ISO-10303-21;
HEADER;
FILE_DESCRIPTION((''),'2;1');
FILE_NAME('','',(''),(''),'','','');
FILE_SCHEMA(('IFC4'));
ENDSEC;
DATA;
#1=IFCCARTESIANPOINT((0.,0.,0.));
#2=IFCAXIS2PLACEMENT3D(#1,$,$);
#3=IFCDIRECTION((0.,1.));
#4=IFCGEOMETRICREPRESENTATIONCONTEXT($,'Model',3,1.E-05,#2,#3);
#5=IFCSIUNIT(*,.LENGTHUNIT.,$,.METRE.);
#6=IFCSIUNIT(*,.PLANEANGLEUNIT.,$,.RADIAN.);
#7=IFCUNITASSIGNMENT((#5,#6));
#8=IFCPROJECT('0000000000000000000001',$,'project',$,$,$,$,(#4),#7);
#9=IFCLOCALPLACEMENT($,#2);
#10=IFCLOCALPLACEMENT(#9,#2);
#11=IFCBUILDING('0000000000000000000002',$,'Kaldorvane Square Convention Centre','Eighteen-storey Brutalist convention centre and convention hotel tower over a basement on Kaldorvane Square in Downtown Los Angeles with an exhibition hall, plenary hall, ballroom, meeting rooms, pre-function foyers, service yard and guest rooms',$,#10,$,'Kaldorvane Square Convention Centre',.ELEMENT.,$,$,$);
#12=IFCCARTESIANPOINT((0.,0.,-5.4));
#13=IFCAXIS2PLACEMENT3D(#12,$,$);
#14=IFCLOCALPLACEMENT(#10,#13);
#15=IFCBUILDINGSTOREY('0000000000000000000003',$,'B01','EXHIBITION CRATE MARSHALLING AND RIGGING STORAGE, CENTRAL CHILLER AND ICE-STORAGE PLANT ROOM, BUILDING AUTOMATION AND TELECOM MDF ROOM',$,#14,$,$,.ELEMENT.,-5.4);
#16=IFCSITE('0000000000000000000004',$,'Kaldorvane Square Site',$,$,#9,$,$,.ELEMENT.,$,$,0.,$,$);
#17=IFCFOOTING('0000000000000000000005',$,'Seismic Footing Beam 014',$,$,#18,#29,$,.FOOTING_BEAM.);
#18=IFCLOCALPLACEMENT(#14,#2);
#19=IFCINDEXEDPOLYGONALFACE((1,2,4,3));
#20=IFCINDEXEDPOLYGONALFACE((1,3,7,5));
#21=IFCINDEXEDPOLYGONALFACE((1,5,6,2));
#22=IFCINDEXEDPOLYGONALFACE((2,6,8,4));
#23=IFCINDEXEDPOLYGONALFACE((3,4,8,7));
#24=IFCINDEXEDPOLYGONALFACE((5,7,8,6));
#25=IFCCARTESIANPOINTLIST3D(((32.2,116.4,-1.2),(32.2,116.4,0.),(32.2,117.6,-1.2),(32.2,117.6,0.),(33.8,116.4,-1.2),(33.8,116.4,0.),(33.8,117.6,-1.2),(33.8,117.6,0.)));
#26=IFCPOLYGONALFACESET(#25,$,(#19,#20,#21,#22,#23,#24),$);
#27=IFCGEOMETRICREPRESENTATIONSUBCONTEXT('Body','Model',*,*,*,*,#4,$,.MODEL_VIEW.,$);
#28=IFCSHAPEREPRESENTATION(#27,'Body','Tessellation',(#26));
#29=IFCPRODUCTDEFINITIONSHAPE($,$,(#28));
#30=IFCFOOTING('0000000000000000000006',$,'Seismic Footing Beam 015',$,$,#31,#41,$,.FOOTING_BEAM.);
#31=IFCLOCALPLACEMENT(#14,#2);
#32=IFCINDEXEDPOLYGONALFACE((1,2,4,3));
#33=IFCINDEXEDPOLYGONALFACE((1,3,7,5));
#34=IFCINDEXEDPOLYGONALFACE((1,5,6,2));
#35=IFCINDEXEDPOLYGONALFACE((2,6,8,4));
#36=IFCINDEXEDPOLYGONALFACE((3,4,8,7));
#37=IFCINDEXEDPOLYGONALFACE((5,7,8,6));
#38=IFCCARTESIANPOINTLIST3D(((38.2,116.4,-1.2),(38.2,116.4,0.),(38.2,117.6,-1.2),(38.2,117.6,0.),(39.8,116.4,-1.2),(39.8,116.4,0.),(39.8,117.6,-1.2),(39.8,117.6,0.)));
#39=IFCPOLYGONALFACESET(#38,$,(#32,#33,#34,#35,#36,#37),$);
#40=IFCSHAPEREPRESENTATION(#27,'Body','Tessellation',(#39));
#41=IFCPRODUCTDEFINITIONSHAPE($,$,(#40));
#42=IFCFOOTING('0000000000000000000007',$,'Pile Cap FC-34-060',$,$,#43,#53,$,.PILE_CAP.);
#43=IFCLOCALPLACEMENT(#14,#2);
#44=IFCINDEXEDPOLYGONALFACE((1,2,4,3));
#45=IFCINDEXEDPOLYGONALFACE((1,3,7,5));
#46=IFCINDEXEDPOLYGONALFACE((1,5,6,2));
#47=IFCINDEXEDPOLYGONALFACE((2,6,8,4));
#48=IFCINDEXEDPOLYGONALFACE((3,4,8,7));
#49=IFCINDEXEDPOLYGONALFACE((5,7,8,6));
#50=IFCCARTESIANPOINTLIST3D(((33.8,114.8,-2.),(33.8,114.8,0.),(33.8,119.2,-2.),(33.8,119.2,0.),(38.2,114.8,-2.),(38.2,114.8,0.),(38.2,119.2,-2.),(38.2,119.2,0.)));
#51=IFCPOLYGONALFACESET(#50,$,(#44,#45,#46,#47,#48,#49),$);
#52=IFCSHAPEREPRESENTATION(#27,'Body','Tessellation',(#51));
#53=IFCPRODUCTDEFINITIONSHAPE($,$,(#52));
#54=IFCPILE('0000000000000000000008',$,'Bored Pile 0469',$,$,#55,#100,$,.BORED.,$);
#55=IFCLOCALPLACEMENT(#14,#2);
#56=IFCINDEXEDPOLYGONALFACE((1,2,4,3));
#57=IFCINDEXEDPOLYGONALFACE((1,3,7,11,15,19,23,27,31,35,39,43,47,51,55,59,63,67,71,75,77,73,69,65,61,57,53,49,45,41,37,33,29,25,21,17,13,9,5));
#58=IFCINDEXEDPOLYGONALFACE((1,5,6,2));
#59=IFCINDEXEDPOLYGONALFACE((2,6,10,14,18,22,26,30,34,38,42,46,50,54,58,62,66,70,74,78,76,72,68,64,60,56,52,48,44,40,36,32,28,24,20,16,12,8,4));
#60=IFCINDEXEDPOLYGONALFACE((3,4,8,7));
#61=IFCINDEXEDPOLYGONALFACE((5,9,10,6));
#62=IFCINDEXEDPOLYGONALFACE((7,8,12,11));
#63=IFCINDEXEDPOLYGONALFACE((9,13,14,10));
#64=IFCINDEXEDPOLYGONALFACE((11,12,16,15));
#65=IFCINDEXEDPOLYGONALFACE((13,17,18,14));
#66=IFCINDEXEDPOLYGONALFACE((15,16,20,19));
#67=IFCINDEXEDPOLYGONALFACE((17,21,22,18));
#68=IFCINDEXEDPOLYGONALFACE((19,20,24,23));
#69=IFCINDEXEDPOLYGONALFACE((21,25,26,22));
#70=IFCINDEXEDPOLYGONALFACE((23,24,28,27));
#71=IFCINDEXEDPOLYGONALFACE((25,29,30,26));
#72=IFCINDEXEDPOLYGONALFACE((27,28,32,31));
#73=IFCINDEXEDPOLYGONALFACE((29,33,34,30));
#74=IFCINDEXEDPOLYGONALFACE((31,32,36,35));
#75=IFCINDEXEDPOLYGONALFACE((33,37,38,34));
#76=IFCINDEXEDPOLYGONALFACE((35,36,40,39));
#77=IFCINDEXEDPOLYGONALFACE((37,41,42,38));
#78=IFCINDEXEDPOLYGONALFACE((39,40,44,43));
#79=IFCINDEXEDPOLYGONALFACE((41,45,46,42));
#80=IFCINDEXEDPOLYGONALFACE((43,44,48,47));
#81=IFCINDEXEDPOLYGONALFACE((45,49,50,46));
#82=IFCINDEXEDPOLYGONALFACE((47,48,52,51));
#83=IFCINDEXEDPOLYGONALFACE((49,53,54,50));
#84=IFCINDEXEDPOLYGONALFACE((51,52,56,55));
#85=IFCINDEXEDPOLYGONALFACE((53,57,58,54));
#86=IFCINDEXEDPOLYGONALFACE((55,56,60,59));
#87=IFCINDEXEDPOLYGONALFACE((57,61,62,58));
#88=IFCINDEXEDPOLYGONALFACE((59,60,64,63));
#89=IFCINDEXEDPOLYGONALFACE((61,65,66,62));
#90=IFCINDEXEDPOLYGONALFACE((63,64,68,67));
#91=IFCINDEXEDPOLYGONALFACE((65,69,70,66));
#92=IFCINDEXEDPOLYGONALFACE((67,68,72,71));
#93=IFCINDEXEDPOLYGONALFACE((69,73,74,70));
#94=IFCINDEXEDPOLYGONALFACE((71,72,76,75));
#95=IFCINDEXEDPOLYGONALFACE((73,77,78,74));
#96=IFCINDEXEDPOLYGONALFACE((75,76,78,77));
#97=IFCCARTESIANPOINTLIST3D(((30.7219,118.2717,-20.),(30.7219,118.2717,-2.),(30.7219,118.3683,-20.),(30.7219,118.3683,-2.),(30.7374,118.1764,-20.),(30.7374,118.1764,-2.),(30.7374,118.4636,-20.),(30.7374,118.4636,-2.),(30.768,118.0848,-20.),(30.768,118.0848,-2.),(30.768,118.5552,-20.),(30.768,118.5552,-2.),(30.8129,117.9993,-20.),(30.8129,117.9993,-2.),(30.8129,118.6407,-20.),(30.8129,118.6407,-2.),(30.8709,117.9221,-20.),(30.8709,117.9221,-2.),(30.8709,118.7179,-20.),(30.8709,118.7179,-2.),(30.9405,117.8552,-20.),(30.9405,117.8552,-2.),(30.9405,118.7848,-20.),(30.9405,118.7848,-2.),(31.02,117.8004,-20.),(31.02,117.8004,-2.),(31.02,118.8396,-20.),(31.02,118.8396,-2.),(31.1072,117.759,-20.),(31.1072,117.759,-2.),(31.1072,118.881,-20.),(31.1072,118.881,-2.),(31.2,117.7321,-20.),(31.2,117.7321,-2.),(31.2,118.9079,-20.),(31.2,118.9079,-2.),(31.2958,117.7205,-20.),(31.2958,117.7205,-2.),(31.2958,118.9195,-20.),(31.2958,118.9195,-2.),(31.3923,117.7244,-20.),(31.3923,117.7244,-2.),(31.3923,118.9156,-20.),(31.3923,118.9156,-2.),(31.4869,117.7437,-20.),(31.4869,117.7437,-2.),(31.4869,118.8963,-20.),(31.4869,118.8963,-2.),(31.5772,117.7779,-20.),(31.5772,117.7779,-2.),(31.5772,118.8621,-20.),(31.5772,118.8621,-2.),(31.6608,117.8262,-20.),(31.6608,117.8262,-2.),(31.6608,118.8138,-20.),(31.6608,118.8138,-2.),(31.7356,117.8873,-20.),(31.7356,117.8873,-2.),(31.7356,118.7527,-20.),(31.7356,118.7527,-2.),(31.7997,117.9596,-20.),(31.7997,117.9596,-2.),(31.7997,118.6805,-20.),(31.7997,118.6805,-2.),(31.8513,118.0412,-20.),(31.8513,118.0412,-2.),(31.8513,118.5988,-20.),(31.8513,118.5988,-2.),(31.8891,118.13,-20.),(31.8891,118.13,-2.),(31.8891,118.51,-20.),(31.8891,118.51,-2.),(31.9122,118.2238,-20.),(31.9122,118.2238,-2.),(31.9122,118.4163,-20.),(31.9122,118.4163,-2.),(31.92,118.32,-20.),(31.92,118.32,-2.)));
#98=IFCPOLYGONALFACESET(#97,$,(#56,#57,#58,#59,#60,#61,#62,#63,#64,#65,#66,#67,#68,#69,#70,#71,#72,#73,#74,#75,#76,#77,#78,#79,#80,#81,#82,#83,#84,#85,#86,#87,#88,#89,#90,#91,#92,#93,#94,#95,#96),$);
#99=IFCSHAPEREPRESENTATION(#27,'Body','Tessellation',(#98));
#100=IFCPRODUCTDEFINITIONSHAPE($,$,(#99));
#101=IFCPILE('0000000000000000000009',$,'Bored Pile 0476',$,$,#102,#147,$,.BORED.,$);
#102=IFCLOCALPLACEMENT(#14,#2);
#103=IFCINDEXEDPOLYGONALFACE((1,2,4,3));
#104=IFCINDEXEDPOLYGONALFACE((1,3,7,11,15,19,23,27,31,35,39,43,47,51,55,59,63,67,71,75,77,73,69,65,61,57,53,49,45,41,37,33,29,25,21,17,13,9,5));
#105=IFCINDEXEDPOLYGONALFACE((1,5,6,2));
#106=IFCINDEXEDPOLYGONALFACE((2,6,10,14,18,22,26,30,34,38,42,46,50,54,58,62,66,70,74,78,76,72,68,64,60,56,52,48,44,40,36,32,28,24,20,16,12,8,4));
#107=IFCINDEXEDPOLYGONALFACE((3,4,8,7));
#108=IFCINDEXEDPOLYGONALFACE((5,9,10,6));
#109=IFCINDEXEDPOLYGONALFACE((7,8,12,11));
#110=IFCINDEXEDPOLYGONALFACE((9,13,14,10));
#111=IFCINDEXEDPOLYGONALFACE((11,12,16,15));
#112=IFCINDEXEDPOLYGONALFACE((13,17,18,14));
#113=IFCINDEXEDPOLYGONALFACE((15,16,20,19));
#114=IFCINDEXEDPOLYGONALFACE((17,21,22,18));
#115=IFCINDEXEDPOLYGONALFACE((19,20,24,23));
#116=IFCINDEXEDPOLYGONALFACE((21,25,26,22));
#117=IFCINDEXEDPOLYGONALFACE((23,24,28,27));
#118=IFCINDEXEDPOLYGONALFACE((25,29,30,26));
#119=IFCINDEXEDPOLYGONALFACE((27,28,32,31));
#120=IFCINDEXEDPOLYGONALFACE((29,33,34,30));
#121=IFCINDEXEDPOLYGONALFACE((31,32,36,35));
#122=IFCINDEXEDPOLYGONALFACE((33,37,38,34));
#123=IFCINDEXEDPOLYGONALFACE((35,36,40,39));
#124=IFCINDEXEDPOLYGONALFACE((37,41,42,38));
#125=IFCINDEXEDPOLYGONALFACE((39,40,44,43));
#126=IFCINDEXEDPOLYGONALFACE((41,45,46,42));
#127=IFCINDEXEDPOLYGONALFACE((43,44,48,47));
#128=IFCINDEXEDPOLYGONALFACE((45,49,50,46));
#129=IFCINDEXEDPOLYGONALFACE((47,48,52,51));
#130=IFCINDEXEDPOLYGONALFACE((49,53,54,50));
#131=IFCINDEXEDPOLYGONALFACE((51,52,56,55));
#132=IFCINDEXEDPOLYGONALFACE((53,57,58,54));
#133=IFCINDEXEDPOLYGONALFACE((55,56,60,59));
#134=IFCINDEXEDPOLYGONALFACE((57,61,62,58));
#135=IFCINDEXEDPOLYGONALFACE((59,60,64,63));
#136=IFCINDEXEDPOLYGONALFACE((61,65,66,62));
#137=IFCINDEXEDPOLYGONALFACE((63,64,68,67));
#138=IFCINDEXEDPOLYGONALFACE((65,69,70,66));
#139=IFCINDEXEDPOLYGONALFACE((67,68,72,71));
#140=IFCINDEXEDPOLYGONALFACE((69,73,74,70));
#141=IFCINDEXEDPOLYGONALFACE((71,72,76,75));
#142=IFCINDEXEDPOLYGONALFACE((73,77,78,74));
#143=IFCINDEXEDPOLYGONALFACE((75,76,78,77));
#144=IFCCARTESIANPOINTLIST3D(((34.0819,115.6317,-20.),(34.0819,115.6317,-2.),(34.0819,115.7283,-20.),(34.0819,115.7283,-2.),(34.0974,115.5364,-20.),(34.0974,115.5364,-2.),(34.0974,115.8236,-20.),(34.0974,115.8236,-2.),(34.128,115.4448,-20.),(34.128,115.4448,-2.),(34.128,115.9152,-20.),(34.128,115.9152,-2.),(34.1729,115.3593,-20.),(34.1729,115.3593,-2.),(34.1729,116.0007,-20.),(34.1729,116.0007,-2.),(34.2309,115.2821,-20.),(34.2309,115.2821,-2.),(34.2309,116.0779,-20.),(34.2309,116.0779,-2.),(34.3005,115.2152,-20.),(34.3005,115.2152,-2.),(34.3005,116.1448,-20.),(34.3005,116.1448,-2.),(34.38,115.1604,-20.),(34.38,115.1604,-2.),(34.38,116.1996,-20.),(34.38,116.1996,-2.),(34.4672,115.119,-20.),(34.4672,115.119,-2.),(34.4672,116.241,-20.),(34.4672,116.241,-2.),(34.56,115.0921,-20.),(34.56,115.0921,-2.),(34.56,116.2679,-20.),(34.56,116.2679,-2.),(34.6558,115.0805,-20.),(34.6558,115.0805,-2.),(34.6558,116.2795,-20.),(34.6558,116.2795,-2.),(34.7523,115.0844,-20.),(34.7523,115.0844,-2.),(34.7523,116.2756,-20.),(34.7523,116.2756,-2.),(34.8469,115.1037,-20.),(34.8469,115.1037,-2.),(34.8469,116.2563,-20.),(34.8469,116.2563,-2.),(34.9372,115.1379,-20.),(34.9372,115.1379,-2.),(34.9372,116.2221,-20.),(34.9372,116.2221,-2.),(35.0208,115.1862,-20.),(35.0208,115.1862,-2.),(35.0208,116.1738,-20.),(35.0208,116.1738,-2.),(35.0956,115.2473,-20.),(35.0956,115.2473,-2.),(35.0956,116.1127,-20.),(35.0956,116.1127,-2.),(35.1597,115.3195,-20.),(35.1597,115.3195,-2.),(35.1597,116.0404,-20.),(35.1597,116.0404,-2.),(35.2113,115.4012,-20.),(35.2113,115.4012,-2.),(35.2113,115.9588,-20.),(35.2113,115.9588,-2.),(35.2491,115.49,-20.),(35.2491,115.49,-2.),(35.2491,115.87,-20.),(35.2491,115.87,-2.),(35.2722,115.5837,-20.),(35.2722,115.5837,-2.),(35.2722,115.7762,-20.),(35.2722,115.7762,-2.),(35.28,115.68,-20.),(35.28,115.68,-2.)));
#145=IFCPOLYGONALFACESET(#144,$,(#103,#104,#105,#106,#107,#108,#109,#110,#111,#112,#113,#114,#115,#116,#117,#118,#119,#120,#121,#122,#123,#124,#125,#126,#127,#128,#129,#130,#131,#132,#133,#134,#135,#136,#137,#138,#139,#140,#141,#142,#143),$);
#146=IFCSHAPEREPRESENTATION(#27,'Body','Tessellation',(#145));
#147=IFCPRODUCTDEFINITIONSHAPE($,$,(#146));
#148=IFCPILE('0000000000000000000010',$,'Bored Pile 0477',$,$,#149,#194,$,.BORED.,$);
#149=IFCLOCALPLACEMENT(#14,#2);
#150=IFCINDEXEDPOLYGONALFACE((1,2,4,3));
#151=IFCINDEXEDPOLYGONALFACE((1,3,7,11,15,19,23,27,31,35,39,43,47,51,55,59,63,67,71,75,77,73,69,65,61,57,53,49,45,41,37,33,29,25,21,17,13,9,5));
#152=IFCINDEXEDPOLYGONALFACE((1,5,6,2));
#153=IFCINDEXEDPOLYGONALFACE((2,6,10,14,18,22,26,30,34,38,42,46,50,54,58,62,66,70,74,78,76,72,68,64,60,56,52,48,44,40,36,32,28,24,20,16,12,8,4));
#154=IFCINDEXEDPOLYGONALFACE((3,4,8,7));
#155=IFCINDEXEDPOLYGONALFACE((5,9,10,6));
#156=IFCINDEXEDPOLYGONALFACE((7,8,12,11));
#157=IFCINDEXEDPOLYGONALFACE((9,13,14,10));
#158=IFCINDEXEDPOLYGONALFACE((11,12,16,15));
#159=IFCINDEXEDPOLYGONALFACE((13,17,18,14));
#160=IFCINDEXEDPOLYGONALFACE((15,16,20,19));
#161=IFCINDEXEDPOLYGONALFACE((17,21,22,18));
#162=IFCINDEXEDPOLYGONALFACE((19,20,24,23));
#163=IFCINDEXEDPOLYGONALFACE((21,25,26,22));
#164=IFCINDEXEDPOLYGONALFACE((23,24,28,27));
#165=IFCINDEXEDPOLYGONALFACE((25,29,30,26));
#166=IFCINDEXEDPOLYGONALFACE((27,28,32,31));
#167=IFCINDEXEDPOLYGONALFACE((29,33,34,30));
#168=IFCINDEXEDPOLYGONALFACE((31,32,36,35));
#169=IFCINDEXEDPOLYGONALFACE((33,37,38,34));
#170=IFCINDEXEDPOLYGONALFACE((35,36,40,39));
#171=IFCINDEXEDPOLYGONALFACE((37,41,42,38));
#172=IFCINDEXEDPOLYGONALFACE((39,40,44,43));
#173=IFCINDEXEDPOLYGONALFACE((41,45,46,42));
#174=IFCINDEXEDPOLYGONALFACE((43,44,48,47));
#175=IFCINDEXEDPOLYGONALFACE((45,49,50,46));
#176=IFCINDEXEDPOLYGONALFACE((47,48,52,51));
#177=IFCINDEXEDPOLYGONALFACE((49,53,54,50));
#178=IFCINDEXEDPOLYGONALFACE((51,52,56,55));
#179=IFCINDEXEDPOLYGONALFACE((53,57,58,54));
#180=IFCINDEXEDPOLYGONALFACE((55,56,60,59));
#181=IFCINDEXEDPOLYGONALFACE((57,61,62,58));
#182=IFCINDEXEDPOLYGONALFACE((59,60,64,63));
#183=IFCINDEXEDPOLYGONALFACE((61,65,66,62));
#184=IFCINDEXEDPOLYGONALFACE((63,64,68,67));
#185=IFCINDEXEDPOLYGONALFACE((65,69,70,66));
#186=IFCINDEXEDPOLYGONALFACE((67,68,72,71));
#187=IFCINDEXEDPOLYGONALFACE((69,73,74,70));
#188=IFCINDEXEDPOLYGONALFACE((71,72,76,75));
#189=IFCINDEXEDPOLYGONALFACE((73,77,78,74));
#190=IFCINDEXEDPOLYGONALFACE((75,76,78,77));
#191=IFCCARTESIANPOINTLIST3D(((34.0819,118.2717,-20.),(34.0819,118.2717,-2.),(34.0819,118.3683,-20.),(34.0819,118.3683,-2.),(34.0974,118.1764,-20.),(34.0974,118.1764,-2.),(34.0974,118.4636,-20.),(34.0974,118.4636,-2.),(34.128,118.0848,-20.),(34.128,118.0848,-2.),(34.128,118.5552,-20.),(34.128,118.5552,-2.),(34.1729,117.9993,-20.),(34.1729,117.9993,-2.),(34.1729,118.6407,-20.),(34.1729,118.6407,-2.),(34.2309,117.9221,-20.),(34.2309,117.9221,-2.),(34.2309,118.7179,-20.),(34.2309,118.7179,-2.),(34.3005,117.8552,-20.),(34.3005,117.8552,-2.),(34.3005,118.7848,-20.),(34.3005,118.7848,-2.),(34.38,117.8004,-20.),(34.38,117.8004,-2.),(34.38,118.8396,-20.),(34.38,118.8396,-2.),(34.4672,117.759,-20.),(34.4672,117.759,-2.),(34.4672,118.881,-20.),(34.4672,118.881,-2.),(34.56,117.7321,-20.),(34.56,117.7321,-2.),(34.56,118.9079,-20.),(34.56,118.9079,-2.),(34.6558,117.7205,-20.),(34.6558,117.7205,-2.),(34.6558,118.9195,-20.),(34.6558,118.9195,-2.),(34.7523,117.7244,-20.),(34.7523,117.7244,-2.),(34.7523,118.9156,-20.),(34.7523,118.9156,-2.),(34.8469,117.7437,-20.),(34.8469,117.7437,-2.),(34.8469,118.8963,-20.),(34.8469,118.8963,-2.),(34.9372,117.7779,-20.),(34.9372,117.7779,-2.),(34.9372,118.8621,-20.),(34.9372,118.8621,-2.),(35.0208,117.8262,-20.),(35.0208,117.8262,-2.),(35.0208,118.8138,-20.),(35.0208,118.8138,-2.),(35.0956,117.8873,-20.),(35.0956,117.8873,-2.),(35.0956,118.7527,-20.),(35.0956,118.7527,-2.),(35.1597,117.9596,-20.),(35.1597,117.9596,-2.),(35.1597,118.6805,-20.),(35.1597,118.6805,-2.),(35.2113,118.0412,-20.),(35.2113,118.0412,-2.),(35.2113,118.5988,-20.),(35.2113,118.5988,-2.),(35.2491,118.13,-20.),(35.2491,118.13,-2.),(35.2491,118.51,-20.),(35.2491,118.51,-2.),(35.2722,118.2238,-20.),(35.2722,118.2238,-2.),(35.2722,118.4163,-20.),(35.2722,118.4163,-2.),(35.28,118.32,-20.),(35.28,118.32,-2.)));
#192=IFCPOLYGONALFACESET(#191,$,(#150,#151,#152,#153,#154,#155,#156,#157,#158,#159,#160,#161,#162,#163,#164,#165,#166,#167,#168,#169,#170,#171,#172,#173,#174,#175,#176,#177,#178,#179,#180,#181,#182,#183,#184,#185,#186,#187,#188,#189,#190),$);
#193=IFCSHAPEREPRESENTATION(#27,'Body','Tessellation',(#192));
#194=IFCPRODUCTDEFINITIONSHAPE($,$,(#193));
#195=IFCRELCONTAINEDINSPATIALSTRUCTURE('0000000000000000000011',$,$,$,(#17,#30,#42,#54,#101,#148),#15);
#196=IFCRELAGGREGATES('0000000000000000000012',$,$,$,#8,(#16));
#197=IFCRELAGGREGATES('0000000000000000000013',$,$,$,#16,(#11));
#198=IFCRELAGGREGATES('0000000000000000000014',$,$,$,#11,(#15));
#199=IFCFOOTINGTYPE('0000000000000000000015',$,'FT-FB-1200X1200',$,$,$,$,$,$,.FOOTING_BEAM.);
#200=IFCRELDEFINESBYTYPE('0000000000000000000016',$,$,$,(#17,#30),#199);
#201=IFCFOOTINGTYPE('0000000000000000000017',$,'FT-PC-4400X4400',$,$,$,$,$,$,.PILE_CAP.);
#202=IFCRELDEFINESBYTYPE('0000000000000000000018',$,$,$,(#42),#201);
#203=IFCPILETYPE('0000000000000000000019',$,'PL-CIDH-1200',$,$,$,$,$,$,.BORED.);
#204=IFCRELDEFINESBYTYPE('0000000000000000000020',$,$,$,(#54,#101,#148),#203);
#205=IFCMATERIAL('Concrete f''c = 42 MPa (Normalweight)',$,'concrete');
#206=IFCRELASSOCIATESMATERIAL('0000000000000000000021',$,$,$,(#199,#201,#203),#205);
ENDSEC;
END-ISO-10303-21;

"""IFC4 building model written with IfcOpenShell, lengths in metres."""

from ifc_helpers import new_model, si_unit, direction, frame, origin, origin_2d, place, context, subcontext, project, spatial, rectangle, circle, extrude, material, material_profile, profile_set, type_object, element, save


model = new_model("IFC4")

# Units and contexts
model_context = context("Model", 3, precision=1e-05, world=origin(), true_north=direction((0.0, 1.0)))
body_context = subcontext(model_context, "Body", "Model", "MODEL_VIEW")
ifc_project = project(units=[si_unit("LENGTHUNIT", "METRE"), si_unit("PLANEANGLEUNIT", "RADIAN")], contexts=[model_context])

# Site, building, storey
site_placement = place(None, origin())
site = spatial("IfcSite", under=ifc_project, at=site_placement, Name="Kaldorvane Square Site", CompositionType="ELEMENT", RefElevation=0.0)
building_placement = place(site_placement, origin())
building = spatial("IfcBuilding", under=site, at=building_placement, Name="Kaldorvane Square Convention Centre", Description="Eighteen-storey Brutalist convention centre and convention hotel tower over a basement on Kaldorvane Square in Downtown Los Angeles with an exhibition hall, plenary hall, ballroom, meeting rooms, pre-function foyers, service yard and guest rooms", LongName="Kaldorvane Square Convention Centre", CompositionType="ELEMENT")
storey_placement = place(building_placement, frame((0.0, 0.0, -5.4)))
storey = spatial("IfcBuildingStorey", under=building, at=storey_placement, Name="B01", Description="EXHIBITION CRATE MARSHALLING AND RIGGING STORAGE, CENTRAL CHILLER AND ICE-STORAGE PLANT ROOM, BUILDING AUTOMATION AND TELECOM MDF ROOM", CompositionType="ELEMENT", Elevation=-5.4)

# Footings
ifc_material_1 = material(Name="Concrete f'c = 42 MPa (Normalweight)", Category="concrete")
footing_type_1 = type_object("IfcFootingType", Name="FT-FB-1200X1200", PredefinedType="FOOTING_BEAM", material=ifc_material_1)
for number, where, z_axis, x_axis, name in (
    (1, (33.0, 117.0, -1.2), (0.0, 0.0, 1.0), (1.0, 0.0, 0.0), "Seismic Footing Beam 014"),
    (2, (39.0, 117.0, -1.2), (0.0, 0.0, 1.0), (1.0, 0.0, 0.0), "Seismic Footing Beam 015"),
):
    element("IfcFooting", number, at=place(storey_placement, frame(where, z_axis=z_axis, x_axis=x_axis)), inside=storey, type_object=footing_type_1, Name=name, PredefinedType="FOOTING_BEAM", context=body_context, shape_type="SweptSolid", body=[
        extrude(rectangle(XDim=1.6, YDim=1.2, at=origin_2d()), origin(), (0.0, 0.0, 1.0), 1.2),
    ])
footing_type_2 = type_object("IfcFootingType", Name="FT-PC-4400X4400", PredefinedType="PILE_CAP", material=ifc_material_1)
footing_placement = place(storey_placement, frame((36.0, 117.0, -2.0), z_axis=(0.0, 0.0, 1.0), x_axis=(1.0, 0.0, 0.0)))
element("IfcFooting", 3, at=footing_placement, inside=storey, type_object=footing_type_2, Name="Pile Cap FC-34-060", PredefinedType="PILE_CAP", context=body_context, shape_type="SweptSolid", body=[
    extrude(rectangle(XDim=4.4, YDim=4.4, at=origin_2d()), origin(), (0.0, 0.0, 1.0), 2.0),
])

# Piles
ifc_material_profile_1 = material_profile(ifc_material_1, circle(Radius=0.6, at=origin_2d()), Name="PILE-D1200")
ifc_profile_set_1 = profile_set([ifc_material_profile_1], Name="Concrete f'c = 42 MPa (Normalweight)")
pile_type_1 = type_object("IfcPileType", Name="PL-CIDH-1200", PredefinedType="BORED", material=ifc_profile_set_1)
for number, where, z_axis, x_axis, name in (
    (4, (31.32, 118.32, -2.0), (0.0, 0.0, -1.0), (1.0, 0.0, 0.0), "Bored Pile 0469"),
    (5, (34.68, 115.68, -2.0), (0.0, 0.0, -1.0), (1.0, 0.0, 0.0), "Bored Pile 0476"),
    (6, (34.68, 118.32, -2.0), (0.0, 0.0, -1.0), (1.0, 0.0, 0.0), "Bored Pile 0477"),
):
    element("IfcPile", number, at=place(storey_placement, frame(where, z_axis=z_axis, x_axis=x_axis)), inside=storey, type_object=pile_type_1, Name=name, PredefinedType="BORED", context=body_context, shape_type="SweptSolid", body=[
        extrude(circle(Radius=0.6, at=origin_2d()), origin(), (0.0, 0.0, 1.0), 18.0),
    ])

save(model, "model.ifc")
